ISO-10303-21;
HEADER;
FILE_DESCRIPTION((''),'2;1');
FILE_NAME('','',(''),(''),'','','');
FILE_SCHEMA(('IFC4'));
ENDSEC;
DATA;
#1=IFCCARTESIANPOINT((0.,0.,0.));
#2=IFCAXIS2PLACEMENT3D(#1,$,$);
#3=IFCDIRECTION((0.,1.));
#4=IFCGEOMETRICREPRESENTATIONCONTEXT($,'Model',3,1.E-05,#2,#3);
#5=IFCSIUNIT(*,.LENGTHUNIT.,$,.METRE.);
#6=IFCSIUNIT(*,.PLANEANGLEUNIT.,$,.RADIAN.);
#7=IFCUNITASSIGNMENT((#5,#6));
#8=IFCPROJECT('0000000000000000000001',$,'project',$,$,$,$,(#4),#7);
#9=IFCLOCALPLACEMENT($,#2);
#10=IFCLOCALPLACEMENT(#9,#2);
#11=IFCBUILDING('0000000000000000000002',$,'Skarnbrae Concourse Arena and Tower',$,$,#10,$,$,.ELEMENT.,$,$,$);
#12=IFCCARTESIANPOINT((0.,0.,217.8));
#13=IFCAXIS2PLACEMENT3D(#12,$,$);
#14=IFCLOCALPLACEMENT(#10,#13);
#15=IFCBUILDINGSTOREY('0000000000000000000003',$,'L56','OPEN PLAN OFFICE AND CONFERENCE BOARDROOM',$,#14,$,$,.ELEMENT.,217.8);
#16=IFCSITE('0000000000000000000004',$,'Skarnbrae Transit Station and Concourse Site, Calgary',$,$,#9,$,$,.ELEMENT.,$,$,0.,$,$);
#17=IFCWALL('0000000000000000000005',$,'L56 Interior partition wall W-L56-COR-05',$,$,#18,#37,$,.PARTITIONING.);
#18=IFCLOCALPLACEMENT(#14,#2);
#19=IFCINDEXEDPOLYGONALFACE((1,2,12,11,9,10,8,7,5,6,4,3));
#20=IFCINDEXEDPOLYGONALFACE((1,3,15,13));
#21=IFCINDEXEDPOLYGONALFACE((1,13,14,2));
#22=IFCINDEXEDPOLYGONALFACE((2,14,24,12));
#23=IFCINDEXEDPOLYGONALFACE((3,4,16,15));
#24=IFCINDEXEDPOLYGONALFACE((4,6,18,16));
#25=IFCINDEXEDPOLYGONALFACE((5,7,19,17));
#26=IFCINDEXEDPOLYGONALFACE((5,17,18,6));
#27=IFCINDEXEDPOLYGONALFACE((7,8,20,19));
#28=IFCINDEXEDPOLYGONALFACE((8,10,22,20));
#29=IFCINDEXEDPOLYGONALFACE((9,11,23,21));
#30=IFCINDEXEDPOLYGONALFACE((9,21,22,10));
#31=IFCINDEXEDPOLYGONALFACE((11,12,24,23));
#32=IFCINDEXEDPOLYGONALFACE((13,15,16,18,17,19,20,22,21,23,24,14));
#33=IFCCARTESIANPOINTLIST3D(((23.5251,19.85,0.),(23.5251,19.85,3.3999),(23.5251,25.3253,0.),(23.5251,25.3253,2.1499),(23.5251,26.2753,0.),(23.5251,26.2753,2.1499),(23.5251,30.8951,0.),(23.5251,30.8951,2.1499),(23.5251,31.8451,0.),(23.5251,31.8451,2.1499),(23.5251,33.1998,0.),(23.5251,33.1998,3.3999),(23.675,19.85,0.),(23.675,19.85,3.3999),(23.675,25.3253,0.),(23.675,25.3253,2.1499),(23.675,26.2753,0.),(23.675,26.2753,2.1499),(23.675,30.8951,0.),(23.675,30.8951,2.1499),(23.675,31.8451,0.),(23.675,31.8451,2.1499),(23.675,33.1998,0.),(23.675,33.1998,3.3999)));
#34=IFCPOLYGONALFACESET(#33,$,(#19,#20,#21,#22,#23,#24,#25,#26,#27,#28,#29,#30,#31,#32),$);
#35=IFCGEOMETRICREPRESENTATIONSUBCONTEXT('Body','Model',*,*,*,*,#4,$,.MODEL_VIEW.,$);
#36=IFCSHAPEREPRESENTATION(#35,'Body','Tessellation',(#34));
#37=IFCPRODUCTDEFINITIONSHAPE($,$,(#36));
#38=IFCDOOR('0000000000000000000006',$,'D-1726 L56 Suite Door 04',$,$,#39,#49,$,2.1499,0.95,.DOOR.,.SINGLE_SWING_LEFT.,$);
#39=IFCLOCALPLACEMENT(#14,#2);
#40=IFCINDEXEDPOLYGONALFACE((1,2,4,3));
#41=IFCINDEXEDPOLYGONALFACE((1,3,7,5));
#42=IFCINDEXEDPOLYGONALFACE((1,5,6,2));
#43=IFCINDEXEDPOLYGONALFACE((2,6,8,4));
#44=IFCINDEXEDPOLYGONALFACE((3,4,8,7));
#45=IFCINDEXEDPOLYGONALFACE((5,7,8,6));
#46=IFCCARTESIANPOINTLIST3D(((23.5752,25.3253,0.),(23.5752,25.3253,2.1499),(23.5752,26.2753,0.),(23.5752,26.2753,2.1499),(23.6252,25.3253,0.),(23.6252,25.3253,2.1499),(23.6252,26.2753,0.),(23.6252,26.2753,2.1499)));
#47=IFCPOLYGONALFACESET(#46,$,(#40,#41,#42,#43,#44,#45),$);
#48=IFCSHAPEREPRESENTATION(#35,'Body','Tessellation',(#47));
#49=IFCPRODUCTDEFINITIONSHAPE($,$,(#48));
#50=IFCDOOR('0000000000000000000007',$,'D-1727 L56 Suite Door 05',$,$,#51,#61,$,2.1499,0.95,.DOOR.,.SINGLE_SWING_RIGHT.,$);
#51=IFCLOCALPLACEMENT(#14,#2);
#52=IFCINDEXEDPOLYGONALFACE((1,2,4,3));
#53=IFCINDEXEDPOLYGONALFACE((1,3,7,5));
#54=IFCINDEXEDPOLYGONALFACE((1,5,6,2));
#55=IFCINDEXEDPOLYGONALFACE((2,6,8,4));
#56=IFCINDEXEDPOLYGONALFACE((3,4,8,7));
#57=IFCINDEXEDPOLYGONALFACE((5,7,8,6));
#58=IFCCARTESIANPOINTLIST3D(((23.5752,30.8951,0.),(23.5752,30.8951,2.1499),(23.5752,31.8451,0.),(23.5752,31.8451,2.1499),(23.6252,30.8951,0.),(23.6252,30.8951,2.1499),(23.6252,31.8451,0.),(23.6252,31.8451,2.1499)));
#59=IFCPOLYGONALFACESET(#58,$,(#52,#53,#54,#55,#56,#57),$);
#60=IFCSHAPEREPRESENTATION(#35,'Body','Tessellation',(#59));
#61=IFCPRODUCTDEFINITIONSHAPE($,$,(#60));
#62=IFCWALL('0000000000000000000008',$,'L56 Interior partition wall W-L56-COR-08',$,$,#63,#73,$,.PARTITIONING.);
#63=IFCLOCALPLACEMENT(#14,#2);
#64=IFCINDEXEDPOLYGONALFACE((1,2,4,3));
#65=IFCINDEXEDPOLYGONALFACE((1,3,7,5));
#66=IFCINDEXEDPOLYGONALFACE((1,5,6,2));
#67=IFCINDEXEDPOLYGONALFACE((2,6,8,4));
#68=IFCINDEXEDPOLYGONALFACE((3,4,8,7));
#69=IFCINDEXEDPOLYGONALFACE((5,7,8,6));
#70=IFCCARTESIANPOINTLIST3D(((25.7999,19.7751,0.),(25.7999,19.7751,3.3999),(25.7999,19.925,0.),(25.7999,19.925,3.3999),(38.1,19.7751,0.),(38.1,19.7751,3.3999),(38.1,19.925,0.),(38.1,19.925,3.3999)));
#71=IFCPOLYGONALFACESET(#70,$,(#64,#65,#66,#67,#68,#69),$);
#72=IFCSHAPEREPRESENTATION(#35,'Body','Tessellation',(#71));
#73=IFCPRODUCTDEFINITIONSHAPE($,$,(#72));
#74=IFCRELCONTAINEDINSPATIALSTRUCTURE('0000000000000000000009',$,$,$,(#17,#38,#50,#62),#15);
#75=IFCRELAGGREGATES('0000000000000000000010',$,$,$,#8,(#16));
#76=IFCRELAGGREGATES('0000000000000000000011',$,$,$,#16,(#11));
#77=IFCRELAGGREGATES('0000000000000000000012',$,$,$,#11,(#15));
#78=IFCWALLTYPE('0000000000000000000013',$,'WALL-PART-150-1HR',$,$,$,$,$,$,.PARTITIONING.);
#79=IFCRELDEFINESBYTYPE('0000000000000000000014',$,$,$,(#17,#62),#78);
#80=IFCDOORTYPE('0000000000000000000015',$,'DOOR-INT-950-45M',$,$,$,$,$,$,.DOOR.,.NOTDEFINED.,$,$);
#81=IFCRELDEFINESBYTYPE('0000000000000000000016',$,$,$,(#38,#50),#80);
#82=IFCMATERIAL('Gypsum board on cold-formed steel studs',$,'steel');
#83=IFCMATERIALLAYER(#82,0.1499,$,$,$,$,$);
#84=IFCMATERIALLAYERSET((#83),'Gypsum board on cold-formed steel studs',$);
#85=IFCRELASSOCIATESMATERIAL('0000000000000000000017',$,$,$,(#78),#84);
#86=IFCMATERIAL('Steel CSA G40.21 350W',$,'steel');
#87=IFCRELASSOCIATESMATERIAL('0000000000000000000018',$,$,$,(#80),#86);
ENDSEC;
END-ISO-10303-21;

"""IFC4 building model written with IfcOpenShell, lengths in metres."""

from ifc_helpers import new_model, si_unit, direction, frame, frame_2d, origin, place, context, subcontext, project, spatial, rectangle, extrude, source, transform, mapped, material, layer, layer_set, type_object, element, fill, save


model = new_model("IFC4")

# Units and contexts
model_context = context("Model", 3, precision=1e-05, world=origin(), true_north=direction((0.0, 1.0)))
body_context = subcontext(model_context, "Body", "Model", "MODEL_VIEW")
ifc_project = project(units=[si_unit("LENGTHUNIT", "METRE"), si_unit("PLANEANGLEUNIT", "RADIAN")], contexts=[model_context])

# Site, building, storey
site_placement = place(None, origin())
site = spatial("IfcSite", under=ifc_project, at=site_placement, Name="Skarnbrae Transit Station and Concourse Site, Calgary", CompositionType="ELEMENT", RefElevation=0.0)
building_placement = place(site_placement, origin())
building = spatial("IfcBuilding", under=site, at=building_placement, Name="Skarnbrae Concourse Arena and Tower", CompositionType="ELEMENT")
storey_placement = place(building_placement, frame((0.0, 0.0, 217.8)))
storey = spatial("IfcBuildingStorey", under=building, at=storey_placement, Name="L56", Description="OPEN PLAN OFFICE AND CONFERENCE BOARDROOM", CompositionType="ELEMENT", Elevation=217.8)

# Shared definitions
ifc_material_1 = material(Name="Steel CSA G40.21 350W", Category="steel")

# Wall, openings, doors
ifc_material_2 = material(Name="Gypsum board on cold-formed steel studs", Category="steel")
ifc_layer = layer(ifc_material_2, 0.1499)
ifc_layer_set = layer_set([ifc_layer], Name="Gypsum board on cold-formed steel studs")
wall_type = type_object("IfcWallType", Name="WALL-PART-150-1HR", PredefinedType="PARTITIONING", material=ifc_layer_set)
shared_shape_1 = source(origin(), body_context, "Body", "SweptSolid", [
    extrude(rectangle(XDim=13.3499, YDim=0.1499, at=frame_2d((6.6748, 0.0))), origin(), (0.0, 0.0, 1.0), 3.3999),
])
wall_1_placement = place(storey_placement, frame((23.6001, 19.8501, 0.0), z_axis=(0.0, 0.0, 1.0), x_axis=(0.0, 1.0, 0.0)))
wall_1 = element("IfcWall", 1, at=wall_1_placement, inside=storey, type_object=wall_type, Name="L56 Interior partition wall W-L56-COR-05", PredefinedType="PARTITIONING", context=body_context, shape_type="MappedRepresentation", body=[
    mapped(shared_shape_1, transform((0.0, 0.0, 0.0))),
])
opening_1_placement = place(wall_1_placement, frame((5.4751, 0.0, 0.0)))
opening_1 = element("IfcOpeningElement", 2, at=opening_1_placement, cuts=wall_1, PredefinedType="OPENING", context=body_context, shape_type="SweptSolid", body=[
    extrude(rectangle(XDim=0.95, YDim=2.1499, at=frame_2d((0.4751, 1.075))), frame((0.0, 0.085, 0.0), z_axis=(0.0, -1.0, 0.0), x_axis=(1.0, 0.0, 0.0)), (0.0, 0.0, 1.0), 0.1699),
])
opening_2_placement = place(wall_1_placement, frame((11.0449, 0.0, 0.0)))
opening_2 = element("IfcOpeningElement", 3, at=opening_2_placement, cuts=wall_1, PredefinedType="OPENING", context=body_context, shape_type="SweptSolid", body=[
    extrude(rectangle(XDim=0.95, YDim=2.1499, at=frame_2d((0.4751, 1.075))), frame((0.0, 0.085, 0.0), z_axis=(0.0, -1.0, 0.0), x_axis=(1.0, 0.0, 0.0)), (0.0, 0.0, 1.0), 0.1699),
])
door_type = type_object("IfcDoorType", Name="DOOR-INT-950-45M", OperationType="NOTDEFINED", PredefinedType="DOOR", material=ifc_material_1)
shared_shape_2 = source(origin(), body_context, "Body", "SweptSolid", [
    extrude(rectangle(XDim=0.95, YDim=2.1499, at=frame_2d((0.4751, 1.075))), frame((0.0, 0.0249, 0.0), z_axis=(0.0, -1.0, 0.0), x_axis=(1.0, 0.0, 0.0)), (0.0, 0.0, 1.0), 0.05),
])
door_1_placement = place(opening_1_placement, origin())
door_1 = element("IfcDoor", 4, at=door_1_placement, inside=storey, type_object=door_type, Name="D-1726 L56 Suite Door 04", OperationType="SINGLE_SWING_LEFT", OverallHeight=2.1499, OverallWidth=0.95, PredefinedType="DOOR", context=body_context, shape_type="MappedRepresentation", body=[
    mapped(shared_shape_2, transform((0.0, 0.0, 0.0))),
])
fill(opening_1, door_1)
door_2_placement = place(opening_2_placement, origin())
door_2 = element("IfcDoor", 5, at=door_2_placement, inside=storey, type_object=door_type, Name="D-1727 L56 Suite Door 05", OperationType="SINGLE_SWING_RIGHT", OverallHeight=2.1499, OverallWidth=0.95, PredefinedType="DOOR", context=body_context, shape_type="MappedRepresentation", body=[
    mapped(shared_shape_2, transform((0.0, 0.0, 0.0))),
])
fill(opening_2, door_2)

# Wall
shared_shape_3 = source(origin(), body_context, "Body", "SweptSolid", [
    extrude(rectangle(XDim=12.3, YDim=0.1499, at=frame_2d((6.1499, 0.0))), origin(), (0.0, 0.0, 1.0), 3.3999),
])
wall_2_placement = place(storey_placement, frame((25.8, 19.8501, 0.0), z_axis=(0.0, 0.0, 1.0), x_axis=(1.0, 0.0, 0.0)))
element("IfcWall", 6, at=wall_2_placement, inside=storey, type_object=wall_type, Name="L56 Interior partition wall W-L56-COR-08", PredefinedType="PARTITIONING", context=body_context, shape_type="MappedRepresentation", body=[
    mapped(shared_shape_3, transform((0.0, 0.0, 0.0))),
])

save(model, "model.ifc")
